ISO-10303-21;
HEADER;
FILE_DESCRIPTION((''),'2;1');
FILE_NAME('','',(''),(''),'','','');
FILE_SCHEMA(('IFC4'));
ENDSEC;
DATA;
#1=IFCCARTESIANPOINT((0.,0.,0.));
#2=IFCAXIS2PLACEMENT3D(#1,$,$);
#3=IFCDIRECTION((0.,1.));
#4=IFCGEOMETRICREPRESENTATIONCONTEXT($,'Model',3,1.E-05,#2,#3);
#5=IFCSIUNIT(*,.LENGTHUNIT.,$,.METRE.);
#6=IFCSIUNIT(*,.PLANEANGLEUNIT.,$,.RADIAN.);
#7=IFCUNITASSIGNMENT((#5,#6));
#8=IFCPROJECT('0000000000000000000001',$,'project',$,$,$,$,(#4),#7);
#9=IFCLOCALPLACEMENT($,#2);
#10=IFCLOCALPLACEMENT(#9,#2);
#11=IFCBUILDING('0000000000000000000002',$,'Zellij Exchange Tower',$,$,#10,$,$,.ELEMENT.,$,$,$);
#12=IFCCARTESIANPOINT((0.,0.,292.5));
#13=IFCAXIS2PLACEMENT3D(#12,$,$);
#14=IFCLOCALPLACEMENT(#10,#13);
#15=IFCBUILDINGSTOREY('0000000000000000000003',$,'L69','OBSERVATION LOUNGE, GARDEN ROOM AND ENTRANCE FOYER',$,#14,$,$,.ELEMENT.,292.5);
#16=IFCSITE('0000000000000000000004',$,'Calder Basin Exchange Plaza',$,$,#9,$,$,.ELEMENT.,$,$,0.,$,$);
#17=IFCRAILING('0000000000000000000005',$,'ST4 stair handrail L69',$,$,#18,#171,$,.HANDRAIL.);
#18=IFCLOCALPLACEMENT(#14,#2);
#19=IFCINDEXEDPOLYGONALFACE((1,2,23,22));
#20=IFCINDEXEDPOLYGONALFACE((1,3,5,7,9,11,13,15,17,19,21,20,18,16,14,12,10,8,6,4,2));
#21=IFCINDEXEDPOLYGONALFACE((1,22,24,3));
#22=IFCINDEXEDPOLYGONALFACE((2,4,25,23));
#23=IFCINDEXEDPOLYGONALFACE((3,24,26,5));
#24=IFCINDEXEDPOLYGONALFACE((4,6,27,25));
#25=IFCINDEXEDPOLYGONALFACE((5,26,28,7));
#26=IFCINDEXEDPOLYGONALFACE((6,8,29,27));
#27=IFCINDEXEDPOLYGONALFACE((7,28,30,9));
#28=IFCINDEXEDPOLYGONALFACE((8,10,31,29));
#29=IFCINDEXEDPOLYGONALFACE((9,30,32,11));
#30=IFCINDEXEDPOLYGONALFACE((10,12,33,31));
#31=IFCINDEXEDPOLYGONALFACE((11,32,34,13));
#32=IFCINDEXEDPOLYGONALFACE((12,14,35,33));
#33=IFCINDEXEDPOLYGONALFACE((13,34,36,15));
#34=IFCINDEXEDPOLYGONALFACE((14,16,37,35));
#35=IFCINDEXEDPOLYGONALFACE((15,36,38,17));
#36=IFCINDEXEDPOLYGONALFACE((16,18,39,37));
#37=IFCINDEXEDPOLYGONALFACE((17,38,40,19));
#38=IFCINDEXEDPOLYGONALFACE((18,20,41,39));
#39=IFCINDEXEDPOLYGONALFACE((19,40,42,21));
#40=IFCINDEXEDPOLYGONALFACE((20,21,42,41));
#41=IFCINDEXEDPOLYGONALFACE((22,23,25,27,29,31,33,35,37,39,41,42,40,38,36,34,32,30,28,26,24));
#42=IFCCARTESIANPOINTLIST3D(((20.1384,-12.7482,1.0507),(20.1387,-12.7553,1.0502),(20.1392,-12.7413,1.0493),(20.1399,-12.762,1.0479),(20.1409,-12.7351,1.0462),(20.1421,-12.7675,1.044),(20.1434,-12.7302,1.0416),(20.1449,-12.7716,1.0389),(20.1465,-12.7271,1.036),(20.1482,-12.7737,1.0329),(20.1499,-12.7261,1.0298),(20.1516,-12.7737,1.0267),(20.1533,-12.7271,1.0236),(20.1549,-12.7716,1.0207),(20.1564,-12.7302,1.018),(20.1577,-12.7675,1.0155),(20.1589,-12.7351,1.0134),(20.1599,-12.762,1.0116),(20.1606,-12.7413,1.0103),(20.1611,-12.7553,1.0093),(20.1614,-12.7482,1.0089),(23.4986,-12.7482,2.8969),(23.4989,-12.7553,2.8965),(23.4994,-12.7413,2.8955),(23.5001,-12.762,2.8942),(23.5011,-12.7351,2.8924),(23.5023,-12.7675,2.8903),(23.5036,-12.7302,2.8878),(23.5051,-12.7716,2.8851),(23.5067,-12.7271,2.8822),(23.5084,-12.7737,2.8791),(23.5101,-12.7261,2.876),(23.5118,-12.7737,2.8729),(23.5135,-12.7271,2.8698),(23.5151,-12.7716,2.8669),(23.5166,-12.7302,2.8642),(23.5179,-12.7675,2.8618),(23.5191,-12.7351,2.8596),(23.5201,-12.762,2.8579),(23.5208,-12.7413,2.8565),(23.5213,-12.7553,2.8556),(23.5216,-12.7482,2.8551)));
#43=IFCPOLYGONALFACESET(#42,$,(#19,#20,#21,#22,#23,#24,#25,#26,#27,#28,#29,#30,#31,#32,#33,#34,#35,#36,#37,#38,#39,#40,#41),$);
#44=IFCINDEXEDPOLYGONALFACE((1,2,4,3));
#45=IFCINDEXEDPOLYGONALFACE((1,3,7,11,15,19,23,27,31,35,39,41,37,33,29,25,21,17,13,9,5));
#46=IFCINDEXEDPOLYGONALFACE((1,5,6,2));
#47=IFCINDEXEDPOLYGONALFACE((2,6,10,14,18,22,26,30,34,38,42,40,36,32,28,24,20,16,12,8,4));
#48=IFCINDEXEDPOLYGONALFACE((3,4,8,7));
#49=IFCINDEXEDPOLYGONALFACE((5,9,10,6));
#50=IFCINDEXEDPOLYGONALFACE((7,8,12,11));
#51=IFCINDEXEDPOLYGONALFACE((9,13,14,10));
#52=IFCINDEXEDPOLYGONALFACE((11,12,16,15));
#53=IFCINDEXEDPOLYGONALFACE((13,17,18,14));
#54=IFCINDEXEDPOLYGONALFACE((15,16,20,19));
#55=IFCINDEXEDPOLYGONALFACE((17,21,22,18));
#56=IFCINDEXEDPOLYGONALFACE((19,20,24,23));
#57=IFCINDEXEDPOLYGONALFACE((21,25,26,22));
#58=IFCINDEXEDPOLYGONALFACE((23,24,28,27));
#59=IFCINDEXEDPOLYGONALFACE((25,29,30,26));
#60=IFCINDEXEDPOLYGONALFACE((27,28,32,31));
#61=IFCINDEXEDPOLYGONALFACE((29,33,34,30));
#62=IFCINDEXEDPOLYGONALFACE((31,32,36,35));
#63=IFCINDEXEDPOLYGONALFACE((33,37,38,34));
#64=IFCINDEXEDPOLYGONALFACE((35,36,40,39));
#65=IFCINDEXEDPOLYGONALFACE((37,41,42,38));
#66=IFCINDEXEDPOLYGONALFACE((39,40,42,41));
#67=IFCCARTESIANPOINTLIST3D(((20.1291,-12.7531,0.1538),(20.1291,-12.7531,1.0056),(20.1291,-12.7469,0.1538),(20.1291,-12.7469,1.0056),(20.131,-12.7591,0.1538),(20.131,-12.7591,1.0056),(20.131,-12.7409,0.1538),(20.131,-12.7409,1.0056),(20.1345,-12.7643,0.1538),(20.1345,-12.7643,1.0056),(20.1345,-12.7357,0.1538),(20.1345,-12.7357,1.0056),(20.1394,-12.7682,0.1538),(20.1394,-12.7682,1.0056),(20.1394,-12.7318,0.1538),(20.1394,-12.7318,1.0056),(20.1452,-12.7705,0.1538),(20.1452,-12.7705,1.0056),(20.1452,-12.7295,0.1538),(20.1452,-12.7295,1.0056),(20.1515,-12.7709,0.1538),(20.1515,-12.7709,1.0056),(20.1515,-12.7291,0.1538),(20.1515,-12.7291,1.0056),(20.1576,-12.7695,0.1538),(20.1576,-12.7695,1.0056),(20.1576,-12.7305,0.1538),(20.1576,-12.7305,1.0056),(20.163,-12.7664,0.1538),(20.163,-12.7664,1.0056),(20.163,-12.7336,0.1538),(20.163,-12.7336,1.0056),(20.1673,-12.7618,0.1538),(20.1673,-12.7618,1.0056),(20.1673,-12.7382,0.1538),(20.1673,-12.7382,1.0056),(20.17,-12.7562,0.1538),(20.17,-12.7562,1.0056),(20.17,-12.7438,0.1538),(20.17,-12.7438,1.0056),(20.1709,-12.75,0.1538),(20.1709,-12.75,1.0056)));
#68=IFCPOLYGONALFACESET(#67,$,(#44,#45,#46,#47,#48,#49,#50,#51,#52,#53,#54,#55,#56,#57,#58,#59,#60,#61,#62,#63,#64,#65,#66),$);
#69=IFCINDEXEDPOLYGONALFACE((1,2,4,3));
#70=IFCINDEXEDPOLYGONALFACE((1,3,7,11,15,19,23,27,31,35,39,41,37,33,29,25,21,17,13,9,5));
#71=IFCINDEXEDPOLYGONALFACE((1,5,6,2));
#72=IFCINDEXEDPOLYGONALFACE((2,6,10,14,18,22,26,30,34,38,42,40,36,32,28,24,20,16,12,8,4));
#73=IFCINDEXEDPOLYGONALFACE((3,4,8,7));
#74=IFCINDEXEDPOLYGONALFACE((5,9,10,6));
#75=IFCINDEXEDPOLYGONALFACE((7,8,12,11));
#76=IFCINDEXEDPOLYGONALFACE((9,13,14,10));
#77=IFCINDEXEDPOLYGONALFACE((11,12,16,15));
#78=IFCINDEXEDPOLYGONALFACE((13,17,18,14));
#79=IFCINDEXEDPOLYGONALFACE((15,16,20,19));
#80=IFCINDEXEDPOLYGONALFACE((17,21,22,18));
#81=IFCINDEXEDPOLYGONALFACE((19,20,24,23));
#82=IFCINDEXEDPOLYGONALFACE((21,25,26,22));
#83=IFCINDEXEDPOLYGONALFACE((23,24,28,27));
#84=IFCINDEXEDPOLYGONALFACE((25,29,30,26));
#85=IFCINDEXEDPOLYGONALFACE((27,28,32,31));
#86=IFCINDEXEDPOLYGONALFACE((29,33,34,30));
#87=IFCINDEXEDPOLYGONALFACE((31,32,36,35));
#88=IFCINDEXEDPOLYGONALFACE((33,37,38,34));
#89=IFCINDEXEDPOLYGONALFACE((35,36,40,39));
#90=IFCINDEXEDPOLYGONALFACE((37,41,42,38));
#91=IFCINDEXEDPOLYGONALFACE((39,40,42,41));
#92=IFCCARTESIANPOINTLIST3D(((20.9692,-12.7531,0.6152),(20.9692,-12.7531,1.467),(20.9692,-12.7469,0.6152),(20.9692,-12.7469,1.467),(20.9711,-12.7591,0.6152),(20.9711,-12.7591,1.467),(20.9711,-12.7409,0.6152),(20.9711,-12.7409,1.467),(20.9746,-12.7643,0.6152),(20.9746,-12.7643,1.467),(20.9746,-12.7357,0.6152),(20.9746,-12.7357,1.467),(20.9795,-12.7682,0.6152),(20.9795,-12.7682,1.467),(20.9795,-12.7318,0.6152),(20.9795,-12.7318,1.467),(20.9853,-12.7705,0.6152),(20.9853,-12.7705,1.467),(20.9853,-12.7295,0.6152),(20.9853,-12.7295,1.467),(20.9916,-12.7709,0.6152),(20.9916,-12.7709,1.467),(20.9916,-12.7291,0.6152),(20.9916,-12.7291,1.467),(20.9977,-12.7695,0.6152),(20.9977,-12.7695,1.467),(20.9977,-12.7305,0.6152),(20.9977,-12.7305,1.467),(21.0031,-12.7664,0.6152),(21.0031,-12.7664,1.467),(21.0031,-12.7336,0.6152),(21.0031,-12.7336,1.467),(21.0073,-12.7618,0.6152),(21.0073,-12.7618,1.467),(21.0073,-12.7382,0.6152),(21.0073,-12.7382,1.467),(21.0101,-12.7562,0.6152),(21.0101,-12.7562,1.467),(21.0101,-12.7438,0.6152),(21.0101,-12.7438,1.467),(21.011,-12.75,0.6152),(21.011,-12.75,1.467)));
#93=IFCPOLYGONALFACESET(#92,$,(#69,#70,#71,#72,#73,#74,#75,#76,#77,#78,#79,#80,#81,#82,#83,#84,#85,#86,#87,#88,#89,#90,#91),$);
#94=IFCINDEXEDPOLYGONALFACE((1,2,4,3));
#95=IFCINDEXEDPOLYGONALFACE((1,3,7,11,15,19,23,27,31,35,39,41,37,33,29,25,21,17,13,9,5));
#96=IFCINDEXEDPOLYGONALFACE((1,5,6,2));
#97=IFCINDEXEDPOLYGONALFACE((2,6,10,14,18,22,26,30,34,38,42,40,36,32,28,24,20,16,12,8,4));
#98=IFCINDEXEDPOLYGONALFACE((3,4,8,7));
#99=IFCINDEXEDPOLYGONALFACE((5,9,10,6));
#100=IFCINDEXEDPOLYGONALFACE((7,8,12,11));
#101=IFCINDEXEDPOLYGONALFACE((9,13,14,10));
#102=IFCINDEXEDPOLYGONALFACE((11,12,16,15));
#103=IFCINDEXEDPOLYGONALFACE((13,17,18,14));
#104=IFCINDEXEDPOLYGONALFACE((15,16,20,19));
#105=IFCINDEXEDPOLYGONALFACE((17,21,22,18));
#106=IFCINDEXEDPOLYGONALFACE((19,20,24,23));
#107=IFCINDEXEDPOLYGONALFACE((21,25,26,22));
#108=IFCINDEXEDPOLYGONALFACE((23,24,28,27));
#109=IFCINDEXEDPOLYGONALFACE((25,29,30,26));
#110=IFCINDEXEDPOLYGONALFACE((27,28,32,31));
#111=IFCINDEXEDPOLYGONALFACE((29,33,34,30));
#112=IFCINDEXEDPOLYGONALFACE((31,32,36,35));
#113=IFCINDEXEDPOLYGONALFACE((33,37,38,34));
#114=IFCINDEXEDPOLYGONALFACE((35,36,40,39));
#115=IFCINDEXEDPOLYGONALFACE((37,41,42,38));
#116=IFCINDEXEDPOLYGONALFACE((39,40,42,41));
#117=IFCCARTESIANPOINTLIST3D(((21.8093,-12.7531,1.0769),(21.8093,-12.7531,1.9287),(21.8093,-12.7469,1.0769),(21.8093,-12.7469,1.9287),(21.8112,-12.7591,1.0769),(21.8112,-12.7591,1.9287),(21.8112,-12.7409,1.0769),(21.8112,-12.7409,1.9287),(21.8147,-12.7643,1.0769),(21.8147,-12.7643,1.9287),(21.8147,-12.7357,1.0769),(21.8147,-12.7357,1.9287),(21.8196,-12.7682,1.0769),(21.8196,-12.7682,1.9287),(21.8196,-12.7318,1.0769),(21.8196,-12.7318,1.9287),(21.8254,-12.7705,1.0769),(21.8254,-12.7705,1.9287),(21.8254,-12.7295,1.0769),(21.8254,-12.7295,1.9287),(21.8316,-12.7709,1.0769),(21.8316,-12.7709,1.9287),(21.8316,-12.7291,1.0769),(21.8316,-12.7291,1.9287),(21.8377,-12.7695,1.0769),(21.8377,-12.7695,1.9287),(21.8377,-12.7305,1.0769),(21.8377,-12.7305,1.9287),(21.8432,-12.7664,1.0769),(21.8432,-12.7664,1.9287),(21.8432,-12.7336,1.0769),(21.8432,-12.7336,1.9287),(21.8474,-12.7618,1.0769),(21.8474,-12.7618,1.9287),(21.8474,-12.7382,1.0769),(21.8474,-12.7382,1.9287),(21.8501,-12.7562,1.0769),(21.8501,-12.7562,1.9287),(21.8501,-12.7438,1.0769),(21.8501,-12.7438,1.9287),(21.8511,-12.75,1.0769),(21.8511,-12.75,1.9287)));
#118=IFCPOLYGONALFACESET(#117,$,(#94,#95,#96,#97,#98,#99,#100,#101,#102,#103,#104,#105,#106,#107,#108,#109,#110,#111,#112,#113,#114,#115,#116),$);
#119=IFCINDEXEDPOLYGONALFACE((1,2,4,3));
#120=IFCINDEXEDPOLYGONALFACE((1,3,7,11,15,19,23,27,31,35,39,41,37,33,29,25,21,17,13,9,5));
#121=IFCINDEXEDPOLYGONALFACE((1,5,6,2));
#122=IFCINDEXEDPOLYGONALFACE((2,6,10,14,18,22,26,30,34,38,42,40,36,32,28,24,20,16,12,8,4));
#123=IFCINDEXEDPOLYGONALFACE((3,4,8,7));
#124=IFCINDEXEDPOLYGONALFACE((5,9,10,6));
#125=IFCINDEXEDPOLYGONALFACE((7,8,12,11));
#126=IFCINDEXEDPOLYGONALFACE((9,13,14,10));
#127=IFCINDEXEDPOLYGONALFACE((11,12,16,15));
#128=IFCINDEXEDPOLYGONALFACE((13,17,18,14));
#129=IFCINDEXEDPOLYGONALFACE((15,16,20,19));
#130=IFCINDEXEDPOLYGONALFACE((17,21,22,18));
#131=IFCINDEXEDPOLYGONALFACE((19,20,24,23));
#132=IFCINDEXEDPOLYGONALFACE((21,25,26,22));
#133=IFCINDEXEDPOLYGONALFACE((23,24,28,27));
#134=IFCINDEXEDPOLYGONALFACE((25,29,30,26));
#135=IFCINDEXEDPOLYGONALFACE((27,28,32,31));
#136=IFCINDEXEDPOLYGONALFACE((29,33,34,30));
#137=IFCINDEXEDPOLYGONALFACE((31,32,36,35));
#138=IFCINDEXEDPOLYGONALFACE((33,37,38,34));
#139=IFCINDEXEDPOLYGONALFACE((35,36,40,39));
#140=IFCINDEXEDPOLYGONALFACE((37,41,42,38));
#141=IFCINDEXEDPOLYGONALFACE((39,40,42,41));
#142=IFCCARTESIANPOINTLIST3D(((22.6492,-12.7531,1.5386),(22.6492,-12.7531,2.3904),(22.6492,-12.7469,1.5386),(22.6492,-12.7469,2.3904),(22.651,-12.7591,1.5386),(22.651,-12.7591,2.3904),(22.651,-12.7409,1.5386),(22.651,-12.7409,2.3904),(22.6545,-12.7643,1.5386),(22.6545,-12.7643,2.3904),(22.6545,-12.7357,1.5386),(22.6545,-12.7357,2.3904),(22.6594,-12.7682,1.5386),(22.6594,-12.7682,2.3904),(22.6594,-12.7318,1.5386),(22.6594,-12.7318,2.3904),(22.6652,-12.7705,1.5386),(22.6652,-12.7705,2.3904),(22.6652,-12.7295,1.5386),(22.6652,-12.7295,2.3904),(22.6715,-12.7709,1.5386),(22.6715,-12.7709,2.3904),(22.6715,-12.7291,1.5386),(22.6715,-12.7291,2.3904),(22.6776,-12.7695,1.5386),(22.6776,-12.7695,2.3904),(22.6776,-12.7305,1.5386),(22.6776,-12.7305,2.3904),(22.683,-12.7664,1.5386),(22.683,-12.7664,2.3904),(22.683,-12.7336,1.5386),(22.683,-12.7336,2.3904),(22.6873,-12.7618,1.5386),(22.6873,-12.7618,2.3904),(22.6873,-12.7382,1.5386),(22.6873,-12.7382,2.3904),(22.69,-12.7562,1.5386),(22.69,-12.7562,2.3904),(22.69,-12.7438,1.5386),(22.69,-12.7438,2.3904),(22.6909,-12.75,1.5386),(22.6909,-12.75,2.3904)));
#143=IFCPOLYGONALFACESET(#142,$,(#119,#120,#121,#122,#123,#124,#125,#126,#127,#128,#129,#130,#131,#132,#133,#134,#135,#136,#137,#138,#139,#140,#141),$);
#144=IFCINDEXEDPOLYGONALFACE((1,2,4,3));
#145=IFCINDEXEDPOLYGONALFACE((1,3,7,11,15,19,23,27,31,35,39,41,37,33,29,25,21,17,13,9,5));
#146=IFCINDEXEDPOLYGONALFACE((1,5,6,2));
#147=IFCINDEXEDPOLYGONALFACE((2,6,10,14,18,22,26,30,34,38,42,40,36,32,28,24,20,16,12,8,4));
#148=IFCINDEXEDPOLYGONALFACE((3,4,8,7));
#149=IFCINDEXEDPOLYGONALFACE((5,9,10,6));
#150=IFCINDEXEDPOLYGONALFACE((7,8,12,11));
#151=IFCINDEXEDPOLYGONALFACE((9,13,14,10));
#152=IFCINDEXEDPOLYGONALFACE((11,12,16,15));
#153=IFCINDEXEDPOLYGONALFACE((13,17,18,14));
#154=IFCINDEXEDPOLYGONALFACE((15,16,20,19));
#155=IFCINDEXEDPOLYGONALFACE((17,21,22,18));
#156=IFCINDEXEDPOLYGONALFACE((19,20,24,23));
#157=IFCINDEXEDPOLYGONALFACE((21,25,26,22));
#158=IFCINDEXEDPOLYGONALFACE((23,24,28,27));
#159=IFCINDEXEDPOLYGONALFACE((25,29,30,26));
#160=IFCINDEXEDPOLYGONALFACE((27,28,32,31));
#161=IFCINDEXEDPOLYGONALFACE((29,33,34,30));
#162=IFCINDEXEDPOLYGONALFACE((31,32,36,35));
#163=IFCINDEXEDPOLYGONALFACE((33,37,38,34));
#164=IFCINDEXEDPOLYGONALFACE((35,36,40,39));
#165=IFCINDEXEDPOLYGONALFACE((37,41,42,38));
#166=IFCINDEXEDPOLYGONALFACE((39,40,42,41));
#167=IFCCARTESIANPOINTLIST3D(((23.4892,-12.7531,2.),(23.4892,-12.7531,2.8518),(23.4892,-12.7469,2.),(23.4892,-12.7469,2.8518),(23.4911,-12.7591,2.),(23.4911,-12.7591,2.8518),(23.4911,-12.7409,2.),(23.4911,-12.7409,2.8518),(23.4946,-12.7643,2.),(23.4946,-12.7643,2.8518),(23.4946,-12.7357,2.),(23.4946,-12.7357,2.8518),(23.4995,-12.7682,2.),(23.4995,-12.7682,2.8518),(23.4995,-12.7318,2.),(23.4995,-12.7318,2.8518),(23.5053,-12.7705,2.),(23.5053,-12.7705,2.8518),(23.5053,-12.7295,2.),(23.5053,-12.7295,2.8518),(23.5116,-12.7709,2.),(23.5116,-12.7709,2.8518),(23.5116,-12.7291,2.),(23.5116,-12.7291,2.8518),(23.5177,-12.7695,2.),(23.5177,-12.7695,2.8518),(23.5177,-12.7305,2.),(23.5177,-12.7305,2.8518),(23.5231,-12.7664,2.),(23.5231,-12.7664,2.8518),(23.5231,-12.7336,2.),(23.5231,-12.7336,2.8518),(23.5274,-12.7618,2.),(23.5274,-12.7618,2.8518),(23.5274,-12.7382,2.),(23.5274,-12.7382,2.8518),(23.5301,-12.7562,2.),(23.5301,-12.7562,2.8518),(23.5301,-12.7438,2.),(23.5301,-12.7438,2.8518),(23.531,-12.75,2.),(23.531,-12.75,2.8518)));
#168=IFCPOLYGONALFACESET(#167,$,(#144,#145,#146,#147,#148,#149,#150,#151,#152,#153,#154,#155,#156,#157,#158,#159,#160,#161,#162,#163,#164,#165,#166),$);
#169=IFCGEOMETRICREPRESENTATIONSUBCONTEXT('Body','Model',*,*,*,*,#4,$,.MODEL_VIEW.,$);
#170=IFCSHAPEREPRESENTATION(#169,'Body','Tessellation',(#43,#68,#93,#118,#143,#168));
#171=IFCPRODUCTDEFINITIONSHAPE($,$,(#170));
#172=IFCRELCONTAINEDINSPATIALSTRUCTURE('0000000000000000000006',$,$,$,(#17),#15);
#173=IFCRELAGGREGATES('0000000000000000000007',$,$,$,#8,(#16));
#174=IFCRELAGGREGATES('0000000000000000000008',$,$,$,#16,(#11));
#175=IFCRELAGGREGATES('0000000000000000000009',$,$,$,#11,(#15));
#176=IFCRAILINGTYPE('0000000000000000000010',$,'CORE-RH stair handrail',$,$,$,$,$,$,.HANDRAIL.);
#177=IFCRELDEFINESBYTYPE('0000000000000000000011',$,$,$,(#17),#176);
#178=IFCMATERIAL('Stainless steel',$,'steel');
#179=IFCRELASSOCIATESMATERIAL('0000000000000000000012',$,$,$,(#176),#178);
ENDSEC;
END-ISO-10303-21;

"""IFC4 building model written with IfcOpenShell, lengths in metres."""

from ifc_helpers import new_model, si_unit, direction, frame, origin, origin_2d, place, context, subcontext, project, spatial, circle, extrude, material, type_object, element, save


model = new_model("IFC4")

# Units and contexts
model_context = context("Model", 3, precision=1e-05, world=origin(), true_north=direction((0.0, 1.0)))
body_context = subcontext(model_context, "Body", "Model", "MODEL_VIEW")
ifc_project = project(units=[si_unit("LENGTHUNIT", "METRE"), si_unit("PLANEANGLEUNIT", "RADIAN")], contexts=[model_context])

# Site, building, storey
site_placement = place(None, origin())
site = spatial("IfcSite", under=ifc_project, at=site_placement, Name="Calder Basin Exchange Plaza", CompositionType="ELEMENT", RefElevation=0.0)
building_placement = place(site_placement, origin())
building = spatial("IfcBuilding", under=site, at=building_placement, Name="Zellij Exchange Tower", CompositionType="ELEMENT")
storey_placement = place(building_placement, frame((0.0, 0.0, 292.5)))
storey = spatial("IfcBuildingStorey", under=building, at=storey_placement, Name="L69", Description="OBSERVATION LOUNGE, GARDEN ROOM AND ENTRANCE FOYER", CompositionType="ELEMENT", Elevation=292.5)

# Railing
ifc_material_1 = material(Name="Stainless steel", Category="steel")
railing_type_1 = type_object("IfcRailingType", Name="CORE-RH stair handrail", PredefinedType="HANDRAIL", material=ifc_material_1)
railing_1_placement = place(storey_placement, frame((20.1499, -12.75, 0.1538)))
element("IfcRailing", 1, at=railing_1_placement, inside=storey, type_object=railing_type_1, Name="ST4 stair handrail L69", PredefinedType="HANDRAIL", context=body_context, shape_type="SweptSolid", body=[
    extrude(circle(Radius=0.0239, at=origin_2d()), frame((0.0, 0.0, 0.876), z_axis=(0.876422, 0.0, 0.481545), x_axis=(0.0, 1.0, 0.0)), (0.0, 0.0, 1.0), 3.834),
    extrude(circle(Radius=0.021, at=origin_2d()), origin(), (0.0, 0.0, 1.0), 0.8518),
    extrude(circle(Radius=0.021, at=origin_2d()), frame((0.8401, 0.0, 0.4614)), (0.0, 0.0, 1.0), 0.8518),
    extrude(circle(Radius=0.021, at=origin_2d()), frame((1.6802, 0.0, 0.9231)), (0.0, 0.0, 1.0), 0.8518),
    extrude(circle(Radius=0.021, at=origin_2d()), frame((2.52, 0.0, 1.3848)), (0.0, 0.0, 1.0), 0.8518),
    extrude(circle(Radius=0.021, at=origin_2d()), frame((3.3601, 0.0, 1.8462)), (0.0, 0.0, 1.0), 0.8518),
])

save(model, "model.ifc")
